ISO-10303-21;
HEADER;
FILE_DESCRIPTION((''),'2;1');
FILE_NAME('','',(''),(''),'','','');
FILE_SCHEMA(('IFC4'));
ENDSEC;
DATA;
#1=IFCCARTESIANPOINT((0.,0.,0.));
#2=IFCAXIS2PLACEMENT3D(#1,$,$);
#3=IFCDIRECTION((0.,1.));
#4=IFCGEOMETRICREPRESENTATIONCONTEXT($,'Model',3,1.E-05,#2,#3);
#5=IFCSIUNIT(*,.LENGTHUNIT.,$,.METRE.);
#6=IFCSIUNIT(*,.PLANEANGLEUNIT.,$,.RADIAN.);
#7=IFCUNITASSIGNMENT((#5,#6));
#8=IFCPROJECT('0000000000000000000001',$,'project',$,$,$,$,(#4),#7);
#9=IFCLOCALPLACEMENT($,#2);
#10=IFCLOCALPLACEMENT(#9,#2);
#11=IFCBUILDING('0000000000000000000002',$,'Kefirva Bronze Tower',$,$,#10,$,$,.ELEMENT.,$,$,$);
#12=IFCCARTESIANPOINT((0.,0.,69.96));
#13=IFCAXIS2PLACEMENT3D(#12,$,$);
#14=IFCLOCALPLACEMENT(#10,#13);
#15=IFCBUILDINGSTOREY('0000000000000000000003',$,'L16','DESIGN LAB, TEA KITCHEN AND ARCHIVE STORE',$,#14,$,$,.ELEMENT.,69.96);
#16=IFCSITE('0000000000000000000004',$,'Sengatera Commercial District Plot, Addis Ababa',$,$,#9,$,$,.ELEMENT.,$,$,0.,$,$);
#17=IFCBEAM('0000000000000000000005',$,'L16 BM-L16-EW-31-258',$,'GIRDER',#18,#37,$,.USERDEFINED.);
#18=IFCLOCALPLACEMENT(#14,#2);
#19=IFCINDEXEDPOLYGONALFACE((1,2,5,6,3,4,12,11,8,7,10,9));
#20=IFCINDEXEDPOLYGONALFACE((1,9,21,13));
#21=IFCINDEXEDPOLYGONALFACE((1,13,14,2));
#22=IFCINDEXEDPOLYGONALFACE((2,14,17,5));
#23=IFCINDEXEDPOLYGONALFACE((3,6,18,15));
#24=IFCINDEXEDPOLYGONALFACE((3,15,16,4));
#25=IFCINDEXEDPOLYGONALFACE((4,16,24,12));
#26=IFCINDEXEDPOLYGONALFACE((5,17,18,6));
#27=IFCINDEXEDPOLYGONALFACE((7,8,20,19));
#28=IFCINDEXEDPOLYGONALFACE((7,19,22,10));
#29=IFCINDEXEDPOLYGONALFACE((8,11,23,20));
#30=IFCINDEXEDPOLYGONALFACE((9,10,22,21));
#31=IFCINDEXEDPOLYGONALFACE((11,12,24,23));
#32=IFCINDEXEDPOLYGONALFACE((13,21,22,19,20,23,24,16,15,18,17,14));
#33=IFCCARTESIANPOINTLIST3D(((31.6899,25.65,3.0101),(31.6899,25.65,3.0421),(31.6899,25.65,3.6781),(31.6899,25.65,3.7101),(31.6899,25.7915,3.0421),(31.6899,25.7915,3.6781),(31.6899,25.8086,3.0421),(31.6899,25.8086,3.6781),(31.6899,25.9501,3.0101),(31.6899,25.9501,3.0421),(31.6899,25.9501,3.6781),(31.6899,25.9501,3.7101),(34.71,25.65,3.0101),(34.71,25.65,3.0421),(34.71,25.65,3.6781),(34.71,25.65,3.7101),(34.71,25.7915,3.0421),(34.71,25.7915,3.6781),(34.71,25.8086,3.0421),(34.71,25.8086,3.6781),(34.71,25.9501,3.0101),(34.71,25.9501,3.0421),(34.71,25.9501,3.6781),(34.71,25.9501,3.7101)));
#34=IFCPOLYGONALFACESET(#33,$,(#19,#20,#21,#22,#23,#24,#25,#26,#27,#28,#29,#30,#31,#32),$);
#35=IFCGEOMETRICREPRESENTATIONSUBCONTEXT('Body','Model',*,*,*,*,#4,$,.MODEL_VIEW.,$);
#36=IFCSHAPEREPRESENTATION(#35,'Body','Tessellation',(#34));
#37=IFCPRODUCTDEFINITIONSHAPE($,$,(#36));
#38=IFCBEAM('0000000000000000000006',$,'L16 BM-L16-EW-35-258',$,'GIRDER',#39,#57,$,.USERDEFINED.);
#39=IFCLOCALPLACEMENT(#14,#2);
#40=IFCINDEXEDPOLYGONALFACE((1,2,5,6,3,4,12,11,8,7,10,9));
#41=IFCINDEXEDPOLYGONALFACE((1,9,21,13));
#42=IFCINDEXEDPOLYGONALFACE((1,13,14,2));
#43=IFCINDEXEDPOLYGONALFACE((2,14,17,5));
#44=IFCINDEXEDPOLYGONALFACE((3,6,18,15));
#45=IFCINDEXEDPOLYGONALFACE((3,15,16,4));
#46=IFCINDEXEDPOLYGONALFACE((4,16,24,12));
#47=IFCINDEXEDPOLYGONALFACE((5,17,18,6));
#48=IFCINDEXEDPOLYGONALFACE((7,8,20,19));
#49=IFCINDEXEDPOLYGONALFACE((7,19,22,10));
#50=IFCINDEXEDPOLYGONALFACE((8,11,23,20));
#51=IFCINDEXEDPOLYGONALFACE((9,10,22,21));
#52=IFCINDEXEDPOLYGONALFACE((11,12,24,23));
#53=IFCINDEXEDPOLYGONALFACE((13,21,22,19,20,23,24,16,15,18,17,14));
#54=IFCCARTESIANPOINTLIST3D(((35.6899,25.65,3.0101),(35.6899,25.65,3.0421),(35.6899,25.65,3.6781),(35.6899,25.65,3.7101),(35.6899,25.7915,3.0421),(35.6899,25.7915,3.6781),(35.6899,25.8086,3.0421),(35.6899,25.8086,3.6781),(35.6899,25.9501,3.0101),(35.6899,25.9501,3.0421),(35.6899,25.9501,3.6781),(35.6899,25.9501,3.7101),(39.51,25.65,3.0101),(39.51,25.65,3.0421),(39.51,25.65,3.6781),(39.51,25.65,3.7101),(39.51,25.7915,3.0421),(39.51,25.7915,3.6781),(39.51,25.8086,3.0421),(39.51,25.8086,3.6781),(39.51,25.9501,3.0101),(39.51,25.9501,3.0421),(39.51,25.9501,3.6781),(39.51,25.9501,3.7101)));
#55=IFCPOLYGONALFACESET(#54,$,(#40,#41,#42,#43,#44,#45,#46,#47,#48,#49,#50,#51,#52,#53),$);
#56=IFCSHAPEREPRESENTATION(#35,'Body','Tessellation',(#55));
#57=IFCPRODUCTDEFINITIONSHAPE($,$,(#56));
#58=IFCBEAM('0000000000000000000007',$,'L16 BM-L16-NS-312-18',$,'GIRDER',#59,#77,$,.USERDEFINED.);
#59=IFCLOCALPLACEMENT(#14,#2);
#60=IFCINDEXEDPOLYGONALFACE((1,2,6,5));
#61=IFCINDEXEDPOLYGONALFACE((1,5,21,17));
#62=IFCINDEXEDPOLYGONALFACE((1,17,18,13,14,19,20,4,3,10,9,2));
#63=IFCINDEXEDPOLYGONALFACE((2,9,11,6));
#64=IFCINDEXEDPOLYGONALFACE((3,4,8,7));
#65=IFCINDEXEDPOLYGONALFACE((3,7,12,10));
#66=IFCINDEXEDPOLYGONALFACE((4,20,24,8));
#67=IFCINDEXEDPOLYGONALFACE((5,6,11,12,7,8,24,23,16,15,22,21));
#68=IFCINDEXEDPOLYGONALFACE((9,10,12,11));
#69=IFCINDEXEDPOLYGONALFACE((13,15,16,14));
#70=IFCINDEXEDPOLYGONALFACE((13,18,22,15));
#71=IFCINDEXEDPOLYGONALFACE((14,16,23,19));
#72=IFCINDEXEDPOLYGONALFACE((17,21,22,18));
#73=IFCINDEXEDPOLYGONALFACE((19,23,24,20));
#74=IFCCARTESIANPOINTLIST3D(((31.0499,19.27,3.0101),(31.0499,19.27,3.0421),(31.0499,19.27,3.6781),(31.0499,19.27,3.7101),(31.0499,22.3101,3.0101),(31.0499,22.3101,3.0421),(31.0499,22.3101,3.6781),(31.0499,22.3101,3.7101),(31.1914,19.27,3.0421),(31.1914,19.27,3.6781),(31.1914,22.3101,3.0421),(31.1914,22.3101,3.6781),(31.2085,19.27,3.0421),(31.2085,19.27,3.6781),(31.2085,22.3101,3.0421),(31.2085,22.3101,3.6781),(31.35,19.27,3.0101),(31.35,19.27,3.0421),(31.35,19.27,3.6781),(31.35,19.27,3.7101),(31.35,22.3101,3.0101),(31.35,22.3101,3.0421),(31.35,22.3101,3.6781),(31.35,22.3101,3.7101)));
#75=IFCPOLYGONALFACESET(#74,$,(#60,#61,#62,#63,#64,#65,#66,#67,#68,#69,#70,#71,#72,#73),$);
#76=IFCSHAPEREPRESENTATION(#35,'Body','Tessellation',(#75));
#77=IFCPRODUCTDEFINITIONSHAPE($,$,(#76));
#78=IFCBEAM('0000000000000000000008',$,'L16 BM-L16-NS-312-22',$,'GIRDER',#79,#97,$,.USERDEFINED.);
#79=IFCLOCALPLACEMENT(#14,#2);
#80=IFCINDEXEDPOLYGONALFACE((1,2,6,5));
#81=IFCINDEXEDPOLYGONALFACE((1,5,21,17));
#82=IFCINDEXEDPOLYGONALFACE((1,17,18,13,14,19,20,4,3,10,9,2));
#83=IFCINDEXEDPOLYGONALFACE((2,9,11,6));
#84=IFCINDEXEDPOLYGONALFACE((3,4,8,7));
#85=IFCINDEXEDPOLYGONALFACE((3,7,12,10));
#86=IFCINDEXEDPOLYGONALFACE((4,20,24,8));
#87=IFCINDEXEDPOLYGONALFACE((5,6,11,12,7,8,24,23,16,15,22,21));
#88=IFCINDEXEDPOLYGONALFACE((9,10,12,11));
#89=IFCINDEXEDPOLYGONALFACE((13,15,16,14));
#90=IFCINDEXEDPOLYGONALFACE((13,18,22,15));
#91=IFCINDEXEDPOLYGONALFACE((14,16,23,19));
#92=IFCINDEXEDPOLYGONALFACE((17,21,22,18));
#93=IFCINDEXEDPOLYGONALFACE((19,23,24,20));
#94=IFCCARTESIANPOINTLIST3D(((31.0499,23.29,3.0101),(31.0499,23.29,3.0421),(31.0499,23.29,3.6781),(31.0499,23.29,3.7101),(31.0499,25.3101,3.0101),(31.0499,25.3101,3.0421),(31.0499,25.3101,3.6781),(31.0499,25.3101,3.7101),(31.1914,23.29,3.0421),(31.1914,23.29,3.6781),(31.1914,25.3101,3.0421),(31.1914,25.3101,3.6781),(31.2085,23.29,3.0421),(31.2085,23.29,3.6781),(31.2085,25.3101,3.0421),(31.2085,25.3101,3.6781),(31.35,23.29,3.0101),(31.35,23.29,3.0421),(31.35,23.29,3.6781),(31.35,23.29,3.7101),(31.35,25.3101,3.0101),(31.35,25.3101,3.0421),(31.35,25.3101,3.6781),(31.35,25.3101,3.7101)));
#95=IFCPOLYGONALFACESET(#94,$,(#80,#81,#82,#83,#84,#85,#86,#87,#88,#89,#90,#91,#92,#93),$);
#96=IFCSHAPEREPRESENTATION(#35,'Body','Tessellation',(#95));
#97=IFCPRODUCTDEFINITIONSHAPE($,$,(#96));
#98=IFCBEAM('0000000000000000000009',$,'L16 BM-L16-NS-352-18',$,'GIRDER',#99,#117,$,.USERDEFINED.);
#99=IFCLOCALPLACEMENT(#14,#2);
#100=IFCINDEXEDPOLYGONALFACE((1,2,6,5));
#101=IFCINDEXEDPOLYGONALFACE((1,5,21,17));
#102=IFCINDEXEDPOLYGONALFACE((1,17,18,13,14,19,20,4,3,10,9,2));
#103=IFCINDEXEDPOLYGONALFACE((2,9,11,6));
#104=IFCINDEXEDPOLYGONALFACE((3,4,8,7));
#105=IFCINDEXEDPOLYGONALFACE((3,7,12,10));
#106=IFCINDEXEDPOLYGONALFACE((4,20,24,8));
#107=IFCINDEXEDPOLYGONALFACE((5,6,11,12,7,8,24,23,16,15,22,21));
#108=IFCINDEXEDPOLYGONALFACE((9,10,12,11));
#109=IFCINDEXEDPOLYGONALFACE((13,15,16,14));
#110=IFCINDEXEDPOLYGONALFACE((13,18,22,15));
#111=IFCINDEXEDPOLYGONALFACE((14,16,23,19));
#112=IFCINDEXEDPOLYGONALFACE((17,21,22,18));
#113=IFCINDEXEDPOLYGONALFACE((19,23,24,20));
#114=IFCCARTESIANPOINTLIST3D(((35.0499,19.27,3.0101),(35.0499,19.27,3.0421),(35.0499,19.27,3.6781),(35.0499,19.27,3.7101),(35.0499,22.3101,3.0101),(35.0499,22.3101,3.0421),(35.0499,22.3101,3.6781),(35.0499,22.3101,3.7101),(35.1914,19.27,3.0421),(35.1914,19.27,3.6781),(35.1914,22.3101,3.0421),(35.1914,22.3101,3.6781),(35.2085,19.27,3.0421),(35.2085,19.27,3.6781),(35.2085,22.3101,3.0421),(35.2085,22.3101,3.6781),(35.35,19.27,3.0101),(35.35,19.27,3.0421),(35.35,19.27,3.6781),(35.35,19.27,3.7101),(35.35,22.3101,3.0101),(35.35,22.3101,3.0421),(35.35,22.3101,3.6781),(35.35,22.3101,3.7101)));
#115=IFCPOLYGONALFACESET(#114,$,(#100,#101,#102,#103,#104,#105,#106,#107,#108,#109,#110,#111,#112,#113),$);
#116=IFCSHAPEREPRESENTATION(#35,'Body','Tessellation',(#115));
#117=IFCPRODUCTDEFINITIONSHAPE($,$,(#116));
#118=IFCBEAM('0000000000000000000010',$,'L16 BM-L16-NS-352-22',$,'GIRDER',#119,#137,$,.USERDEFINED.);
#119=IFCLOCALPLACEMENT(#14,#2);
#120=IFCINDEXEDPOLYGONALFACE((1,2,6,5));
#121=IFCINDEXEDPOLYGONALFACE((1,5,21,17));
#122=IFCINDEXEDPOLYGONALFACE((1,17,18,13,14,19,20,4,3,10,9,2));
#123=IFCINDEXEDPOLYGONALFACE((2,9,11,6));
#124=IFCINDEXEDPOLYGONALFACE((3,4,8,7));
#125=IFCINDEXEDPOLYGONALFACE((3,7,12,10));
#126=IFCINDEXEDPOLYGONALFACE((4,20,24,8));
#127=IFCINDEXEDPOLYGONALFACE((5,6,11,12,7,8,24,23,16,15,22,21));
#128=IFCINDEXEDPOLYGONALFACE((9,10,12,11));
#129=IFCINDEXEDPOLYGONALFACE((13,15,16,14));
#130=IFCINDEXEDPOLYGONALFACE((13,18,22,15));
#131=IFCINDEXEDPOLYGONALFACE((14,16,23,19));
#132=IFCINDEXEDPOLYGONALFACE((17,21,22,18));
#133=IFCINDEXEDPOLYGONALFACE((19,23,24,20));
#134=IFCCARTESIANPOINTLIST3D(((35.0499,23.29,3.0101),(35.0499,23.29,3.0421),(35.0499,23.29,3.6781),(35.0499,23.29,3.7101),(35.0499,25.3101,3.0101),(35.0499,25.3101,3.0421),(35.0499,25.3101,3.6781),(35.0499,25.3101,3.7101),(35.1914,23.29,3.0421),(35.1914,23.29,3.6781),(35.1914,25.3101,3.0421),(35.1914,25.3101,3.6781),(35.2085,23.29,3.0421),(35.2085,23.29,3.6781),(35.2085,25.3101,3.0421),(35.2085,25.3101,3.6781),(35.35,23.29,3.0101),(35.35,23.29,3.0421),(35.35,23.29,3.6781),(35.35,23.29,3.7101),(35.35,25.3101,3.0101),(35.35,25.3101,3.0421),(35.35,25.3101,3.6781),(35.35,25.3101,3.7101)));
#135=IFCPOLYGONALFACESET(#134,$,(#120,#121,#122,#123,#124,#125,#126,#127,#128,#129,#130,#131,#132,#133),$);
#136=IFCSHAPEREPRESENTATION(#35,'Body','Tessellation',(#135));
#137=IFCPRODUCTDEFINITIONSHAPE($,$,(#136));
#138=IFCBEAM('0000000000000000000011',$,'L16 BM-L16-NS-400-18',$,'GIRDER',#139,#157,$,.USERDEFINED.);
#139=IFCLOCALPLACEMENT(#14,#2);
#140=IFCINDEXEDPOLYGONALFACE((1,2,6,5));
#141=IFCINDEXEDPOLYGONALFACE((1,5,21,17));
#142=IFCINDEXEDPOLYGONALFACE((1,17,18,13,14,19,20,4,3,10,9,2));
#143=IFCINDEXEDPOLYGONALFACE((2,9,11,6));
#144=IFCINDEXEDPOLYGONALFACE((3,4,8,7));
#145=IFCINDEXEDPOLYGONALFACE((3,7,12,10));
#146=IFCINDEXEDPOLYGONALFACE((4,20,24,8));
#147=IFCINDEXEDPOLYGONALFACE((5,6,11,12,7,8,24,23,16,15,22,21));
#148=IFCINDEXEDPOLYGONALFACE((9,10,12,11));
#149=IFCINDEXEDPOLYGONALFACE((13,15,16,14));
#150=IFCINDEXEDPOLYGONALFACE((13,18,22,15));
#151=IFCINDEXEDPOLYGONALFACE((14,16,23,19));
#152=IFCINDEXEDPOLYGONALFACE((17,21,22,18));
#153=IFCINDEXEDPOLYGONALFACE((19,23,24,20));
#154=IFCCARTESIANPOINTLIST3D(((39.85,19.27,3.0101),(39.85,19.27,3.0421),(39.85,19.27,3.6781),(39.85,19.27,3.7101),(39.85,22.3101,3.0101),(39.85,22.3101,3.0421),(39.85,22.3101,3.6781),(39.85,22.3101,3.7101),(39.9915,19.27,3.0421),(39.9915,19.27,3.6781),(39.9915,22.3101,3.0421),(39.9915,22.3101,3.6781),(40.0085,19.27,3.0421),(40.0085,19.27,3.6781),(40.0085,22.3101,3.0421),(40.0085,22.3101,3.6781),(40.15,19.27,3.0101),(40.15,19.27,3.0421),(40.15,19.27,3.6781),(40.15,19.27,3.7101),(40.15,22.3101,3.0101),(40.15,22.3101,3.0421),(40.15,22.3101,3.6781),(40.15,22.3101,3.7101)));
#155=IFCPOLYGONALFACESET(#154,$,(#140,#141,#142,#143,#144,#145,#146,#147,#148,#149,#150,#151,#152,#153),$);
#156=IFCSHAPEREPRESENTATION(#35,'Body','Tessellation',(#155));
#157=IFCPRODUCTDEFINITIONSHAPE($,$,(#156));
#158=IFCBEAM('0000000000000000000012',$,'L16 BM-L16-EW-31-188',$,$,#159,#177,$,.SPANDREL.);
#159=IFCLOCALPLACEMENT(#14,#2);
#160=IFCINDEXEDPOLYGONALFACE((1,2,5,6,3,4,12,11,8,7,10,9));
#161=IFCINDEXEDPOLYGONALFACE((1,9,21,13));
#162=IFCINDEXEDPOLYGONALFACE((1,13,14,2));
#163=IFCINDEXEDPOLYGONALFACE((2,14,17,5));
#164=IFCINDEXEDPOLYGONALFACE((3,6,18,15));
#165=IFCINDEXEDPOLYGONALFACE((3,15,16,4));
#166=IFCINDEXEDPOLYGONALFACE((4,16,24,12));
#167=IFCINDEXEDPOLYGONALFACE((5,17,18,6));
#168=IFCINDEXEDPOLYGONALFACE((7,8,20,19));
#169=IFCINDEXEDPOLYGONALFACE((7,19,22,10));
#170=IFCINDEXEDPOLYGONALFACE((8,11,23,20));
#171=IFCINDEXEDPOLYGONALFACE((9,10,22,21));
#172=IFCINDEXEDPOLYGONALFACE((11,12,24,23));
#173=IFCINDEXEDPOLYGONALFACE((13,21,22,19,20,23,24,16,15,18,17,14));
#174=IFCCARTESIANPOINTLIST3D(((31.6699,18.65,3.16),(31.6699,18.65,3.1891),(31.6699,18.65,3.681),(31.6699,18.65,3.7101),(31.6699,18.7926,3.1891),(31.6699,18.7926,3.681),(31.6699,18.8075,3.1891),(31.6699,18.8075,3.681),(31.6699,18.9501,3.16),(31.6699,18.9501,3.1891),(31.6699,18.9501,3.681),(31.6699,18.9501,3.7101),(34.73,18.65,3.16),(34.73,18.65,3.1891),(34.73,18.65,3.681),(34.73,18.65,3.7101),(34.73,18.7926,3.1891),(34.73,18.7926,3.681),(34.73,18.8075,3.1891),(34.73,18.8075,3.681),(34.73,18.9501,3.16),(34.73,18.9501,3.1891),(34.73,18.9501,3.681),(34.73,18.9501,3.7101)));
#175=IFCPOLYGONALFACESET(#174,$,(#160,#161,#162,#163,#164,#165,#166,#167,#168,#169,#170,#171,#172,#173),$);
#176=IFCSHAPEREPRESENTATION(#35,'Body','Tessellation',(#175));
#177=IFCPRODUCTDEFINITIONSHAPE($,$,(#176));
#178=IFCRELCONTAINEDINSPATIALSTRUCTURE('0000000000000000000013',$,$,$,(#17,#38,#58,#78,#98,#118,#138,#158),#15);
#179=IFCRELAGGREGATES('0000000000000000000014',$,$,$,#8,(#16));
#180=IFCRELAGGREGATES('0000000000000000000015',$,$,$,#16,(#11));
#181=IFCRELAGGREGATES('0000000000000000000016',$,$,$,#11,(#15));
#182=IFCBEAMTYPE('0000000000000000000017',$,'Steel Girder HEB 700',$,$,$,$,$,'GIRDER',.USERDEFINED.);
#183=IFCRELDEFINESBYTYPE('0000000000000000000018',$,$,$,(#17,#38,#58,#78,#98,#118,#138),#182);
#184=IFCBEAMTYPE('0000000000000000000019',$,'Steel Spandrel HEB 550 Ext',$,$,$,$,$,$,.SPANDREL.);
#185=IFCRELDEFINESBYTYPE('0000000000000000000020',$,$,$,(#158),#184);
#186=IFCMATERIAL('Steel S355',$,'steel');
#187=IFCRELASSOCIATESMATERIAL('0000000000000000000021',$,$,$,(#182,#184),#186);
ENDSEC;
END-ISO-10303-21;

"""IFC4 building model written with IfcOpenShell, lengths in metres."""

from ifc_helpers import new_model, si_unit, direction, frame, origin, origin_2d, place, context, subcontext, project, spatial, i_section, extrude, material, material_profile, profile_set, type_object, element, save


model = new_model("IFC4")

# Units and contexts
model_context = context("Model", 3, precision=1e-05, world=origin(), true_north=direction((0.0, 1.0)))
body_context = subcontext(model_context, "Body", "Model", "MODEL_VIEW")
ifc_project = project(units=[si_unit("LENGTHUNIT", "METRE"), si_unit("PLANEANGLEUNIT", "RADIAN")], contexts=[model_context])

# Site, building, storey
site_placement = place(None, origin())
site = spatial("IfcSite", under=ifc_project, at=site_placement, Name="Sengatera Commercial District Plot, Addis Ababa", CompositionType="ELEMENT", RefElevation=0.0)
building_placement = place(site_placement, origin())
building = spatial("IfcBuilding", under=site, at=building_placement, Name="Kefirva Bronze Tower", CompositionType="ELEMENT")
storey_placement = place(building_placement, frame((0.0, 0.0, 69.96)))
storey = spatial("IfcBuildingStorey", under=building, at=storey_placement, Name="L16", Description="DESIGN LAB, TEA KITCHEN AND ARCHIVE STORE", CompositionType="ELEMENT", Elevation=69.96)

# Beams
ifc_material_1 = material(Name="Steel S355", Category="steel")
ifc_material_profile_1 = material_profile(ifc_material_1, i_section(OverallWidth=0.3, OverallDepth=0.7, WebThickness=0.0171, FlangeThickness=0.032, at=origin_2d()), Name="HEB 700")
ifc_profile_set_1 = profile_set([ifc_material_profile_1], Name="Steel S355")
beam_type_1 = type_object("IfcBeamType", Name="Steel Girder HEB 700", ElementType="GIRDER", PredefinedType="USERDEFINED", material=ifc_profile_set_1)
beam_1_placement = place(storey_placement, frame((31.6899, 25.8, 3.3601), z_axis=(1.0, 0.0, 0.0), x_axis=(0.0, 1.0, 0.0)))
element("IfcBeam", 1, at=beam_1_placement, inside=storey, type_object=beam_type_1, Name="L16 BM-L16-EW-31-258", ObjectType="GIRDER", PredefinedType="USERDEFINED", context=body_context, shape_type="SweptSolid", body=[
    extrude(i_section(OverallWidth=0.3, OverallDepth=0.7, WebThickness=0.0171, FlangeThickness=0.032, at=origin_2d()), origin(), (0.0, 0.0, 1.0), 3.02),
])
beam_2_placement = place(storey_placement, frame((35.6899, 25.8, 3.3601), z_axis=(1.0, 0.0, 0.0), x_axis=(0.0, 1.0, 0.0)))
element("IfcBeam", 2, at=beam_2_placement, inside=storey, type_object=beam_type_1, Name="L16 BM-L16-EW-35-258", ObjectType="GIRDER", PredefinedType="USERDEFINED", context=body_context, shape_type="SweptSolid", body=[
    extrude(i_section(OverallWidth=0.3, OverallDepth=0.7, WebThickness=0.0171, FlangeThickness=0.032, at=origin_2d()), origin(), (0.0, 0.0, 1.0), 3.8201),
])
beam_3_placement = place(storey_placement, frame((31.2, 19.27, 3.3601), z_axis=(0.0, 1.0, 0.0), x_axis=(-1.0, 0.0, 0.0)))
element("IfcBeam", 3, at=beam_3_placement, inside=storey, type_object=beam_type_1, Name="L16 BM-L16-NS-312-18", ObjectType="GIRDER", PredefinedType="USERDEFINED", context=body_context, shape_type="SweptSolid", body=[
    extrude(i_section(OverallWidth=0.3, OverallDepth=0.7, WebThickness=0.0171, FlangeThickness=0.032, at=origin_2d()), origin(), (0.0, 0.0, 1.0), 3.04),
])
beam_4_placement = place(storey_placement, frame((31.2, 23.29, 3.3601), z_axis=(0.0, 1.0, 0.0), x_axis=(-1.0, 0.0, 0.0)))
element("IfcBeam", 4, at=beam_4_placement, inside=storey, type_object=beam_type_1, Name="L16 BM-L16-NS-312-22", ObjectType="GIRDER", PredefinedType="USERDEFINED", context=body_context, shape_type="SweptSolid", body=[
    extrude(i_section(OverallWidth=0.3, OverallDepth=0.7, WebThickness=0.0171, FlangeThickness=0.032, at=origin_2d()), origin(), (0.0, 0.0, 1.0), 2.02),
])
beam_5_placement = place(storey_placement, frame((35.2, 19.27, 3.3601), z_axis=(0.0, 1.0, 0.0), x_axis=(-1.0, 0.0, 0.0)))
element("IfcBeam", 5, at=beam_5_placement, inside=storey, type_object=beam_type_1, Name="L16 BM-L16-NS-352-18", ObjectType="GIRDER", PredefinedType="USERDEFINED", context=body_context, shape_type="SweptSolid", body=[
    extrude(i_section(OverallWidth=0.3, OverallDepth=0.7, WebThickness=0.0171, FlangeThickness=0.032, at=origin_2d()), origin(), (0.0, 0.0, 1.0), 3.04),
])
beam_6_placement = place(storey_placement, frame((35.2, 23.29, 3.3601), z_axis=(0.0, 1.0, 0.0), x_axis=(-1.0, 0.0, 0.0)))
element("IfcBeam", 6, at=beam_6_placement, inside=storey, type_object=beam_type_1, Name="L16 BM-L16-NS-352-22", ObjectType="GIRDER", PredefinedType="USERDEFINED", context=body_context, shape_type="SweptSolid", body=[
    extrude(i_section(OverallWidth=0.3, OverallDepth=0.7, WebThickness=0.0171, FlangeThickness=0.032, at=origin_2d()), origin(), (0.0, 0.0, 1.0), 2.02),
])
beam_7_placement = place(storey_placement, frame((40.0, 19.27, 3.3601), z_axis=(0.0, 1.0, 0.0), x_axis=(-1.0, 0.0, 0.0)))
element("IfcBeam", 7, at=beam_7_placement, inside=storey, type_object=beam_type_1, Name="L16 BM-L16-NS-400-18", ObjectType="GIRDER", PredefinedType="USERDEFINED", context=body_context, shape_type="SweptSolid", body=[
    extrude(i_section(OverallWidth=0.3, OverallDepth=0.7, WebThickness=0.0171, FlangeThickness=0.032, at=origin_2d()), origin(), (0.0, 0.0, 1.0), 3.04),
])
ifc_material_profile_2 = material_profile(ifc_material_1, i_section(OverallWidth=0.3, OverallDepth=0.55, WebThickness=0.0149, FlangeThickness=0.0291, at=origin_2d()), Name="HEB 550")
ifc_profile_set_2 = profile_set([ifc_material_profile_2], Name="Steel S355")
beam_type_2 = type_object("IfcBeamType", Name="Steel Spandrel HEB 550 Ext", PredefinedType="SPANDREL", material=ifc_profile_set_2)
beam_8_placement = place(storey_placement, frame((31.6699, 18.8, 3.4351), z_axis=(1.0, 0.0, 0.0), x_axis=(0.0, 1.0, 0.0)))
element("IfcBeam", 8, at=beam_8_placement, inside=storey, type_object=beam_type_2, Name="L16 BM-L16-EW-31-188", PredefinedType="SPANDREL", context=body_context, shape_type="SweptSolid", body=[
    extrude(i_section(OverallWidth=0.3, OverallDepth=0.55, WebThickness=0.0149, FlangeThickness=0.0291, at=origin_2d()), origin(), (0.0, 0.0, 1.0), 3.0601),
])

save(model, "model.ifc")
